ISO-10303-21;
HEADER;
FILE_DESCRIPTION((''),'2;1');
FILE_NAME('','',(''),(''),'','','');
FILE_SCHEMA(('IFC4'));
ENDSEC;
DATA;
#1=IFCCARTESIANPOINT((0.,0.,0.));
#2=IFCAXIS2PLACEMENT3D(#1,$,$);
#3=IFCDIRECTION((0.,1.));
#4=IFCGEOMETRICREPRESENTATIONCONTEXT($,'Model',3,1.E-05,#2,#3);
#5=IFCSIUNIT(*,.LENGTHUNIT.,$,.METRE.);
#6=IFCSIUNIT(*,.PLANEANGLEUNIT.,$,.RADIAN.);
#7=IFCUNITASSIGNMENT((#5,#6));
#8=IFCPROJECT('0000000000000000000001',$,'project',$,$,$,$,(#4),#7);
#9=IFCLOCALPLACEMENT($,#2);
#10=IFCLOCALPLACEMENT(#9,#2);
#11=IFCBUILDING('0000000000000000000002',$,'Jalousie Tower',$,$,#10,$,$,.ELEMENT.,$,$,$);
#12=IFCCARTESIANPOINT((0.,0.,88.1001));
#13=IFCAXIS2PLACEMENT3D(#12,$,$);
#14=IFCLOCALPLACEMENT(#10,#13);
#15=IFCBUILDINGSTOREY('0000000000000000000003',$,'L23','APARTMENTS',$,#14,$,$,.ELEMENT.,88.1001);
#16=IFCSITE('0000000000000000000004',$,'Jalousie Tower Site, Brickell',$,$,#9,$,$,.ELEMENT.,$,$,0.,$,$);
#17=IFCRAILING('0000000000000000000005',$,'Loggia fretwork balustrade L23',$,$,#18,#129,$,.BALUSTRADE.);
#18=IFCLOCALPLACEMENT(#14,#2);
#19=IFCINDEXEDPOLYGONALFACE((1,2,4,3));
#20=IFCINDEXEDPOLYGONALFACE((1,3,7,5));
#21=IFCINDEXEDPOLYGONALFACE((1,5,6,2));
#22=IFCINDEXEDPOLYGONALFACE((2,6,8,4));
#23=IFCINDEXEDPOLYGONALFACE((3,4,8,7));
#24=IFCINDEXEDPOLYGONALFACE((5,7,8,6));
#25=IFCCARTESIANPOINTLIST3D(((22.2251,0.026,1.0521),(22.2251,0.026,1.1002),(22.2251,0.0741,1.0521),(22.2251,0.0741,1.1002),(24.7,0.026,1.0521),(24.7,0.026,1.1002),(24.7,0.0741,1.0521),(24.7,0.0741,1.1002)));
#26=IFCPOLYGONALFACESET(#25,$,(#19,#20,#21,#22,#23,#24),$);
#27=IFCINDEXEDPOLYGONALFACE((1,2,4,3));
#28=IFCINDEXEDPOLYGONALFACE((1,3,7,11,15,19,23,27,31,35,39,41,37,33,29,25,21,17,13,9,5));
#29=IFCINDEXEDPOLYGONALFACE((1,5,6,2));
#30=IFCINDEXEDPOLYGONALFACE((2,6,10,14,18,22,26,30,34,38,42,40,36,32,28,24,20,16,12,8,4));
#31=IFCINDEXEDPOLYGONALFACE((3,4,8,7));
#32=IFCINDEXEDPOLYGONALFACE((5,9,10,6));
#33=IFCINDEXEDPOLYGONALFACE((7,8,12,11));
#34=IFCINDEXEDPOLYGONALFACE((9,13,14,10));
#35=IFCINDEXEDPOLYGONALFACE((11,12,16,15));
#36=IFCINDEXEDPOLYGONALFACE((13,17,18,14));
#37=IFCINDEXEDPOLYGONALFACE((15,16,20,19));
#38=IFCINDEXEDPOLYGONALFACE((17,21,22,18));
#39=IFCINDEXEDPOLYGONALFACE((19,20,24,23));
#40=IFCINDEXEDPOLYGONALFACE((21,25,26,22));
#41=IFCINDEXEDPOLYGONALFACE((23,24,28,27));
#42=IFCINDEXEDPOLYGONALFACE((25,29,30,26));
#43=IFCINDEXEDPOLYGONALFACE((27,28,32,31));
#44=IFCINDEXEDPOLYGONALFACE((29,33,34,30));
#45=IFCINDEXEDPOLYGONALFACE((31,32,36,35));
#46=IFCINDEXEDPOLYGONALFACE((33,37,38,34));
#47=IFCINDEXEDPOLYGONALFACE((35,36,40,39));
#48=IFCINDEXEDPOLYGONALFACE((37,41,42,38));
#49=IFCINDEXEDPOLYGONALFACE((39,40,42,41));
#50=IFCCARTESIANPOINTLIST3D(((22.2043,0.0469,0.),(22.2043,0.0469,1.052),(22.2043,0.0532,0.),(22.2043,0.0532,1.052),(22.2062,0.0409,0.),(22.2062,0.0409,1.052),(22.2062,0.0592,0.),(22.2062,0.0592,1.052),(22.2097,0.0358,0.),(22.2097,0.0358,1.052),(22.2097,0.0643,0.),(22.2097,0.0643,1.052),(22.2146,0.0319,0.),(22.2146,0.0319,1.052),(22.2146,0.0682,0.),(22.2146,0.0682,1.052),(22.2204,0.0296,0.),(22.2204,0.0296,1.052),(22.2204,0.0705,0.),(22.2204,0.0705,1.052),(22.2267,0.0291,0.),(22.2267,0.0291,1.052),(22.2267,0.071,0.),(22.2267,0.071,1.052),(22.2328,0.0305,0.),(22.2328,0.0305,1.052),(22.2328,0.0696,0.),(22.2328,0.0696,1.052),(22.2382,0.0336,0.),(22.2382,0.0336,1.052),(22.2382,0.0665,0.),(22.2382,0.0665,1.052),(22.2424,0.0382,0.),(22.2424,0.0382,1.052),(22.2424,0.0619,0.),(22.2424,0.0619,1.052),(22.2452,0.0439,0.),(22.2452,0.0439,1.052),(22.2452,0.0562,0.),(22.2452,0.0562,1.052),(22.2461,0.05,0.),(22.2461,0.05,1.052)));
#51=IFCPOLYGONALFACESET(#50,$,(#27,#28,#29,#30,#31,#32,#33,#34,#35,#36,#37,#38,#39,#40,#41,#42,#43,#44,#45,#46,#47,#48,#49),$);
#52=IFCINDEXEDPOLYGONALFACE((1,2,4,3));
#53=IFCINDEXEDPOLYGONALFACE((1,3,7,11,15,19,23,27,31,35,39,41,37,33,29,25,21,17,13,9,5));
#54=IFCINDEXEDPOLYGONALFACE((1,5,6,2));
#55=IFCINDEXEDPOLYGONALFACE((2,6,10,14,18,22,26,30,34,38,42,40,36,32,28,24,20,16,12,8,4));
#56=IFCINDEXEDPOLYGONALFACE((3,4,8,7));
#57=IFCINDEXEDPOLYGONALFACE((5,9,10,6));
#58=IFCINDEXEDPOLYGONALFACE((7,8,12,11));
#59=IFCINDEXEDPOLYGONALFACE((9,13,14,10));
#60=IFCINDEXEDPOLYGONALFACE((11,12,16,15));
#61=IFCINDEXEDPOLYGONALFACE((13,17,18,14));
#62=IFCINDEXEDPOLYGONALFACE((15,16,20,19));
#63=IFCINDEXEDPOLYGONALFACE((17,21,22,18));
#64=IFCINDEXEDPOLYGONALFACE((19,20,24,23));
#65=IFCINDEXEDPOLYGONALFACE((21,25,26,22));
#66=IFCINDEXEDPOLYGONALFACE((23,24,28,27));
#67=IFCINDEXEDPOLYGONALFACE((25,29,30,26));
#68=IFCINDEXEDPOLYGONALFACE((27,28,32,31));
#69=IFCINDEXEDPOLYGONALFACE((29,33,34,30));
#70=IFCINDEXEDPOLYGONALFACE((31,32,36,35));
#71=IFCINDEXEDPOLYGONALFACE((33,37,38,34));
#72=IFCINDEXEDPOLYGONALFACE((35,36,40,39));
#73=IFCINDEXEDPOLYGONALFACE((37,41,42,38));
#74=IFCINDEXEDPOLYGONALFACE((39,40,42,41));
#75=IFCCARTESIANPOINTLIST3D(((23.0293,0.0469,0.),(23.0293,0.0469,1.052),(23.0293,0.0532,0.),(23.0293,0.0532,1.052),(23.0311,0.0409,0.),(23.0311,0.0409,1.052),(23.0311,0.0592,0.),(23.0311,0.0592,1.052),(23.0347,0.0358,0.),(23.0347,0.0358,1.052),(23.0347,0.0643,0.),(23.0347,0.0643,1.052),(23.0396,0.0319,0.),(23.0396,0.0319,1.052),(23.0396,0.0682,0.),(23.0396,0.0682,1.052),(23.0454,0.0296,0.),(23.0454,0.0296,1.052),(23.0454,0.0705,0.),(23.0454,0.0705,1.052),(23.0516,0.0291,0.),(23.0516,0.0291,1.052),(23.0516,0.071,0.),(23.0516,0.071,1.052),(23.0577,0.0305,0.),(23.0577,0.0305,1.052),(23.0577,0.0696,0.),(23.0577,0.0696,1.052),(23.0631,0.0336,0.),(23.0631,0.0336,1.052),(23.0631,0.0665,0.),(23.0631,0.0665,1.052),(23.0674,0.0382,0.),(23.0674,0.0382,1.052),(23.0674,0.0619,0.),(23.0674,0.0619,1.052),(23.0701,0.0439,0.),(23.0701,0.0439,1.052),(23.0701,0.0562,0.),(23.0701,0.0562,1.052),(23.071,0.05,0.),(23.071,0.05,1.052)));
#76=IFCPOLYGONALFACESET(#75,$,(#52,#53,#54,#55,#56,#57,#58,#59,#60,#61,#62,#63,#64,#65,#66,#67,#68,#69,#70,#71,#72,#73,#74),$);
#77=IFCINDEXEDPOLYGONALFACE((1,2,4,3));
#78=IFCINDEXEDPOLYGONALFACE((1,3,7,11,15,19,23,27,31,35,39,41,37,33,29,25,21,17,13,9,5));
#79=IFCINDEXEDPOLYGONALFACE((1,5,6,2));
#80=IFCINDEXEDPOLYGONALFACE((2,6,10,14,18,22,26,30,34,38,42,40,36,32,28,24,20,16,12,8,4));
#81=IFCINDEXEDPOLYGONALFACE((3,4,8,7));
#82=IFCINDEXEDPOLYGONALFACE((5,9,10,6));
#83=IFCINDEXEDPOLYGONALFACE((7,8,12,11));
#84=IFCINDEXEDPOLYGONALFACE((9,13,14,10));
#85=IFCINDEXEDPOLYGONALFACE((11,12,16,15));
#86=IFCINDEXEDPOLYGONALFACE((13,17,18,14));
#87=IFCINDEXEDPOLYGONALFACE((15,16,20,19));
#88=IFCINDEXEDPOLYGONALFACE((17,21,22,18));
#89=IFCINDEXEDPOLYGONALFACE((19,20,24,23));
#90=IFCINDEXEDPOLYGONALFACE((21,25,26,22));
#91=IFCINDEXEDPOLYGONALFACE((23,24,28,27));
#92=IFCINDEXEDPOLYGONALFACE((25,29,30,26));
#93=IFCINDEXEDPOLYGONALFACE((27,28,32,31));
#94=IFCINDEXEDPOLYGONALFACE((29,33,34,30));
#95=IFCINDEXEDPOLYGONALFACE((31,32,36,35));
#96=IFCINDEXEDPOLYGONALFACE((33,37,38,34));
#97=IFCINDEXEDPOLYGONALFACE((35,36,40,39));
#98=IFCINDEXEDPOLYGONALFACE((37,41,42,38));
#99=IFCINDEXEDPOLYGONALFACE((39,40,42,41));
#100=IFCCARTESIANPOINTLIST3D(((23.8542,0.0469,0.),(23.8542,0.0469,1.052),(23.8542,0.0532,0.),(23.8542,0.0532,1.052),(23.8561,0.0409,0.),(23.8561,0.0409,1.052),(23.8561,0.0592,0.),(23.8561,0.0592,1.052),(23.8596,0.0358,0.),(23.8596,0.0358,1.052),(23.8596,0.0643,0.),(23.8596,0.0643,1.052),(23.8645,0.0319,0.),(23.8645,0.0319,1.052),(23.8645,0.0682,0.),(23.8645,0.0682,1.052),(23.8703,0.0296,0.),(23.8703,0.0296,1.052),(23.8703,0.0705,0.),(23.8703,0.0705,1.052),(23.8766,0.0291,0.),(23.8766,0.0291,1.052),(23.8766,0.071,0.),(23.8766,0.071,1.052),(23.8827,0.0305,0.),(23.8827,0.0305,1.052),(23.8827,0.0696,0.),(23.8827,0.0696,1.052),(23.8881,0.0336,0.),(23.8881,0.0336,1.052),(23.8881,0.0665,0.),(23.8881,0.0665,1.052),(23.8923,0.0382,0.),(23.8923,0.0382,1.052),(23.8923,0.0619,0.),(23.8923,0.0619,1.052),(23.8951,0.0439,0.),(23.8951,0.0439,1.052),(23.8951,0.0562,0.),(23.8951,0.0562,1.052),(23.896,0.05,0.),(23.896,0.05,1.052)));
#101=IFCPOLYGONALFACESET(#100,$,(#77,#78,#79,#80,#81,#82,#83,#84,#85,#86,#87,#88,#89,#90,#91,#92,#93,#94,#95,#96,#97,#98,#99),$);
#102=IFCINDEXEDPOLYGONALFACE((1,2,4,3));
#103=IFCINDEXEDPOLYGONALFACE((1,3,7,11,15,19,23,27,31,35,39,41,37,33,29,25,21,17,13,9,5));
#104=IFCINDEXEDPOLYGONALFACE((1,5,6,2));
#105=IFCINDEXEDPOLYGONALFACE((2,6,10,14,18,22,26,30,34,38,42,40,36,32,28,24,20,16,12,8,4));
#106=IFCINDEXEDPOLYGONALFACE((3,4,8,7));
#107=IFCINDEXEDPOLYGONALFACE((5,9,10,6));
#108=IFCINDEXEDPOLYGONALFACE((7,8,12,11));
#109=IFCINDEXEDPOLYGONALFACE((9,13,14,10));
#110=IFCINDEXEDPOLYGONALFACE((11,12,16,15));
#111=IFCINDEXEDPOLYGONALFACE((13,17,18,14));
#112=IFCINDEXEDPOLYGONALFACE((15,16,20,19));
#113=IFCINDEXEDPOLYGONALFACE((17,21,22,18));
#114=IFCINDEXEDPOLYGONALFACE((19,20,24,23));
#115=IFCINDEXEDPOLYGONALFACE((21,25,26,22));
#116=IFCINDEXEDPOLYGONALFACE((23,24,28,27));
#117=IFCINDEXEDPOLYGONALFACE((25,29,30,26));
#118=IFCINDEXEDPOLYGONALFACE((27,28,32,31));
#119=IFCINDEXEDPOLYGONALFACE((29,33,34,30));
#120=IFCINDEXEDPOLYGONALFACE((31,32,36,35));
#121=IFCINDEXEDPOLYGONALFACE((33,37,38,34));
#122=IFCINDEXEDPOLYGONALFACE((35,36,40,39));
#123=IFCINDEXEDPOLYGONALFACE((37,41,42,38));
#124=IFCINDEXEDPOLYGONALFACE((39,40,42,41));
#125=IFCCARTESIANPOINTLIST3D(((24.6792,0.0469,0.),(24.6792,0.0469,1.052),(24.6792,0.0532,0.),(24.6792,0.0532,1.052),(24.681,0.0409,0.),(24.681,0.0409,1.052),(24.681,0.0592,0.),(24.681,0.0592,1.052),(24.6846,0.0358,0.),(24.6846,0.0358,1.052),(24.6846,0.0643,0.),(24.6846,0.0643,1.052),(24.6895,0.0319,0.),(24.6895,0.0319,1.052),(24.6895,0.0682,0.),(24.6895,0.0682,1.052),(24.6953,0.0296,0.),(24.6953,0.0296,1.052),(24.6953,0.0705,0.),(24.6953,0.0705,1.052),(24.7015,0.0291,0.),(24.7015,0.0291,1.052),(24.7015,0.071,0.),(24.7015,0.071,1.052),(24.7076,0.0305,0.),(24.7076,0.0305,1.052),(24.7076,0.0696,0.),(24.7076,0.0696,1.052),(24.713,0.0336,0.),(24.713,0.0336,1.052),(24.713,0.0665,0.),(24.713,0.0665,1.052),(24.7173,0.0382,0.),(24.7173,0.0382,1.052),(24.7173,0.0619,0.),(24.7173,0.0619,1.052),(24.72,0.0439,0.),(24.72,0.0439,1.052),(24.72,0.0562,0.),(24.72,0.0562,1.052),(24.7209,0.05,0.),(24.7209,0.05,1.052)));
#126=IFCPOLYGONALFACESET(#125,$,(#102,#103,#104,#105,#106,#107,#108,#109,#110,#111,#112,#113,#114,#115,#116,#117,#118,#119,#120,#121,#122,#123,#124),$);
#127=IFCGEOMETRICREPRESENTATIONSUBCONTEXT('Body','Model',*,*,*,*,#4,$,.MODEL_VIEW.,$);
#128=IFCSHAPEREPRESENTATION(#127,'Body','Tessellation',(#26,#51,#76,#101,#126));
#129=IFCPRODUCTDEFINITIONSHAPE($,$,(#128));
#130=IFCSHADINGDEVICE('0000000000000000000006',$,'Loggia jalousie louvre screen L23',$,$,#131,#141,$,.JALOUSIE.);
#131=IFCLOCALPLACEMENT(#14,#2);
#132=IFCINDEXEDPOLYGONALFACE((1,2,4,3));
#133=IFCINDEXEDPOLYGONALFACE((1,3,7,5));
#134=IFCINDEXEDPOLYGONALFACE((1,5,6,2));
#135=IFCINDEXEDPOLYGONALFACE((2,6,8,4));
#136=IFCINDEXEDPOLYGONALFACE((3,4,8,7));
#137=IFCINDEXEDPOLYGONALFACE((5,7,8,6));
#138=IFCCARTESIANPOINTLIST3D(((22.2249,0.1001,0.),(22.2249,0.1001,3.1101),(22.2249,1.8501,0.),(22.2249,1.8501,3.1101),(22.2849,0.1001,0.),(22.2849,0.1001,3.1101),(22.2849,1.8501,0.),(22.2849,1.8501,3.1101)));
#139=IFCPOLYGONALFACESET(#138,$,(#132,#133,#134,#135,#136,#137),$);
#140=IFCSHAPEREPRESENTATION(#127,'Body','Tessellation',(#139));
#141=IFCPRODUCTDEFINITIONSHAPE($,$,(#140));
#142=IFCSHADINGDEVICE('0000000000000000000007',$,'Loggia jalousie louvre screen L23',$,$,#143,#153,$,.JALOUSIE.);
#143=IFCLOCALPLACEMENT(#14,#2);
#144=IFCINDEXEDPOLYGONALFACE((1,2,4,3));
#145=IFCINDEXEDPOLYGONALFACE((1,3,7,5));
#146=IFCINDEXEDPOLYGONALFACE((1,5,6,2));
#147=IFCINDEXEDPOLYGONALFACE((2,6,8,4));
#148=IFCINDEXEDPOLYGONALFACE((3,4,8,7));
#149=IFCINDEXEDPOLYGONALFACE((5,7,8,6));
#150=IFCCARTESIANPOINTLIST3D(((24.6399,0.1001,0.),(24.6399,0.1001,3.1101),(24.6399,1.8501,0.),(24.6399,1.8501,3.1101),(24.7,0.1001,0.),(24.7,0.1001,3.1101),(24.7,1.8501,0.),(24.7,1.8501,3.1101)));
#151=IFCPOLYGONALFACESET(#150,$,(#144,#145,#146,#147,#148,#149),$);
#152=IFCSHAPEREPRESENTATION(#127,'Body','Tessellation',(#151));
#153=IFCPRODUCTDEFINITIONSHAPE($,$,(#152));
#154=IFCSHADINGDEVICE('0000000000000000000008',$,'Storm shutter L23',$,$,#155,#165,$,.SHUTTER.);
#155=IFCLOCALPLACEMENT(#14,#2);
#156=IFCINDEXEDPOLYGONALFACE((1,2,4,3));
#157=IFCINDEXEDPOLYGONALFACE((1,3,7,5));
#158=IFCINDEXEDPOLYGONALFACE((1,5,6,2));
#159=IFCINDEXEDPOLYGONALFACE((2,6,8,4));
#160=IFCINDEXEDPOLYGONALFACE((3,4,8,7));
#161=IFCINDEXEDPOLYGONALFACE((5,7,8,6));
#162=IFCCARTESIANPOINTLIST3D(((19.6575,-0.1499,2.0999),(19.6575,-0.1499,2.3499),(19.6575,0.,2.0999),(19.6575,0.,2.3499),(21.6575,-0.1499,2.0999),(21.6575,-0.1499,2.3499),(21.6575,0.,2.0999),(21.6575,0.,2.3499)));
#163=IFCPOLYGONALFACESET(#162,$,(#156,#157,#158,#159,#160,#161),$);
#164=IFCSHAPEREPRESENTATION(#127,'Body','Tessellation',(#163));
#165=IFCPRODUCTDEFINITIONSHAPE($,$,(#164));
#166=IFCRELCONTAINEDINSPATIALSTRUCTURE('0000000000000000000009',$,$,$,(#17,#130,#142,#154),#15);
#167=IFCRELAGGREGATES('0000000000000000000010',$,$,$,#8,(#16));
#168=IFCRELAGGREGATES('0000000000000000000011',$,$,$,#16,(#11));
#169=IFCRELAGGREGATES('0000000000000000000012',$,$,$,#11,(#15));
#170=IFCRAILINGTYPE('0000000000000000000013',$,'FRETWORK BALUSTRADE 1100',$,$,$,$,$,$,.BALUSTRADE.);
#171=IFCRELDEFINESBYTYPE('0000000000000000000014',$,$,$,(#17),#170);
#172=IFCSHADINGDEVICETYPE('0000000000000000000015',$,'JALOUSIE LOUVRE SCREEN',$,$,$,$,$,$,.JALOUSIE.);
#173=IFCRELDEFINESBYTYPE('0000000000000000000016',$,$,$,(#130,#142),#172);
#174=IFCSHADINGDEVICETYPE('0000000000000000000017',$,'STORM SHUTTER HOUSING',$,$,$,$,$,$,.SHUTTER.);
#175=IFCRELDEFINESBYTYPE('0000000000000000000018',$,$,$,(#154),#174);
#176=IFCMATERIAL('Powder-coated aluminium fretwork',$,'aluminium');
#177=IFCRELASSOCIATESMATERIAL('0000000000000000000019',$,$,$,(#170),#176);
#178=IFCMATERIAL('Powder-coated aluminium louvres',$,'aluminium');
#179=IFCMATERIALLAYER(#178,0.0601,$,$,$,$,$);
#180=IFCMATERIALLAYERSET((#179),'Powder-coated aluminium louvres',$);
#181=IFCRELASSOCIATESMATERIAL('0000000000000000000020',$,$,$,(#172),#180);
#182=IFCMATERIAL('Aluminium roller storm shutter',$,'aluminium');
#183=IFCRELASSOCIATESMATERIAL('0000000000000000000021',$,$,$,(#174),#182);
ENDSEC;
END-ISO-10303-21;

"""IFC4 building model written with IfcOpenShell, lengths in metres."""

from ifc_helpers import new_model, si_unit, direction, frame, origin, origin_2d, place, context, subcontext, project, spatial, rectangle, circle, extrude, material, layer, layer_set, type_object, element, save


model = new_model("IFC4")

# Units and contexts
model_context = context("Model", 3, precision=1e-05, world=origin(), true_north=direction((0.0, 1.0)))
body_context = subcontext(model_context, "Body", "Model", "MODEL_VIEW")
ifc_project = project(units=[si_unit("LENGTHUNIT", "METRE"), si_unit("PLANEANGLEUNIT", "RADIAN")], contexts=[model_context])

# Site, building, storey
site_placement = place(None, origin())
site = spatial("IfcSite", under=ifc_project, at=site_placement, Name="Jalousie Tower Site, Brickell", CompositionType="ELEMENT", RefElevation=0.0)
building_placement = place(site_placement, origin())
building = spatial("IfcBuilding", under=site, at=building_placement, Name="Jalousie Tower", CompositionType="ELEMENT")
storey_placement = place(building_placement, frame((0.0, 0.0, 88.1001)))
storey = spatial("IfcBuildingStorey", under=building, at=storey_placement, Name="L23", Description="APARTMENTS", CompositionType="ELEMENT", Elevation=88.1001)

# Railing
ifc_material_1 = material(Name="Powder-coated aluminium fretwork", Category="aluminium")
railing_type = type_object("IfcRailingType", Name="FRETWORK BALUSTRADE 1100", PredefinedType="BALUSTRADE", material=ifc_material_1)
railing_placement = place(storey_placement, frame((22.2251, 0.05, 0.0)))
element("IfcRailing", 1, at=railing_placement, inside=storey, type_object=railing_type, Name="Loggia fretwork balustrade L23", PredefinedType="BALUSTRADE", context=body_context, shape_type="SweptSolid", body=[
    extrude(rectangle(XDim=0.0481, YDim=0.0481, at=origin_2d()), frame((0.0, 0.0, 1.0762), z_axis=(1.0, 0.0, 0.0), x_axis=(0.0, 1.0, 0.0)), (0.0, 0.0, 1.0), 2.4749),
    extrude(circle(Radius=0.021, at=origin_2d()), origin(), (0.0, 0.0, 1.0), 1.052),
    extrude(circle(Radius=0.021, at=origin_2d()), frame((0.825, 0.0, 0.0)), (0.0, 0.0, 1.0), 1.052),
    extrude(circle(Radius=0.021, at=origin_2d()), frame((1.6499, 0.0, 0.0)), (0.0, 0.0, 1.0), 1.052),
    extrude(circle(Radius=0.021, at=origin_2d()), frame((2.4749, 0.0, 0.0)), (0.0, 0.0, 1.0), 1.052),
])

# Shading devices
ifc_material_2 = material(Name="Powder-coated aluminium louvres", Category="aluminium")
ifc_layer_1 = layer(ifc_material_2, 0.0601)
ifc_layer_set_1 = layer_set([ifc_layer_1], Name="Powder-coated aluminium louvres")
shading_device_type_1 = type_object("IfcShadingDeviceType", Name="JALOUSIE LOUVRE SCREEN", PredefinedType="JALOUSIE", material=ifc_layer_set_1)
for number, where, z_axis, x_axis, name in (
    (2, (22.2549, 0.9751, 0.0), (0.0, 0.0, 1.0), (1.0, 0.0, 0.0), "Loggia jalousie louvre screen L23"),
    (3, (24.6699, 0.9751, 0.0), (0.0, 0.0, 1.0), (1.0, 0.0, 0.0), "Loggia jalousie louvre screen L23"),
):
    element("IfcShadingDevice", number, at=place(storey_placement, frame(where, z_axis=z_axis, x_axis=x_axis)), inside=storey, type_object=shading_device_type_1, Name=name, PredefinedType="JALOUSIE", context=body_context, shape_type="SweptSolid", body=[
        extrude(rectangle(XDim=0.0601, YDim=1.75, at=origin_2d()), origin(), (0.0, 0.0, 1.0), 3.1101),
    ])
ifc_material_3 = material(Name="Aluminium roller storm shutter", Category="aluminium")
shading_device_type_2 = type_object("IfcShadingDeviceType", Name="STORM SHUTTER HOUSING", PredefinedType="SHUTTER", material=ifc_material_3)
shading_device_placement = place(storey_placement, frame((20.6575, -0.075, 2.0999), z_axis=(0.0, 0.0, 1.0), x_axis=(1.0, 0.0, 0.0)))
element("IfcShadingDevice", 4, at=shading_device_placement, inside=storey, type_object=shading_device_type_2, Name="Storm shutter L23", PredefinedType="SHUTTER", context=body_context, shape_type="SweptSolid", body=[
    extrude(rectangle(XDim=2.0, YDim=0.1499, at=origin_2d()), origin(), (0.0, 0.0, 1.0), 0.25),
])

save(model, "model.ifc")
